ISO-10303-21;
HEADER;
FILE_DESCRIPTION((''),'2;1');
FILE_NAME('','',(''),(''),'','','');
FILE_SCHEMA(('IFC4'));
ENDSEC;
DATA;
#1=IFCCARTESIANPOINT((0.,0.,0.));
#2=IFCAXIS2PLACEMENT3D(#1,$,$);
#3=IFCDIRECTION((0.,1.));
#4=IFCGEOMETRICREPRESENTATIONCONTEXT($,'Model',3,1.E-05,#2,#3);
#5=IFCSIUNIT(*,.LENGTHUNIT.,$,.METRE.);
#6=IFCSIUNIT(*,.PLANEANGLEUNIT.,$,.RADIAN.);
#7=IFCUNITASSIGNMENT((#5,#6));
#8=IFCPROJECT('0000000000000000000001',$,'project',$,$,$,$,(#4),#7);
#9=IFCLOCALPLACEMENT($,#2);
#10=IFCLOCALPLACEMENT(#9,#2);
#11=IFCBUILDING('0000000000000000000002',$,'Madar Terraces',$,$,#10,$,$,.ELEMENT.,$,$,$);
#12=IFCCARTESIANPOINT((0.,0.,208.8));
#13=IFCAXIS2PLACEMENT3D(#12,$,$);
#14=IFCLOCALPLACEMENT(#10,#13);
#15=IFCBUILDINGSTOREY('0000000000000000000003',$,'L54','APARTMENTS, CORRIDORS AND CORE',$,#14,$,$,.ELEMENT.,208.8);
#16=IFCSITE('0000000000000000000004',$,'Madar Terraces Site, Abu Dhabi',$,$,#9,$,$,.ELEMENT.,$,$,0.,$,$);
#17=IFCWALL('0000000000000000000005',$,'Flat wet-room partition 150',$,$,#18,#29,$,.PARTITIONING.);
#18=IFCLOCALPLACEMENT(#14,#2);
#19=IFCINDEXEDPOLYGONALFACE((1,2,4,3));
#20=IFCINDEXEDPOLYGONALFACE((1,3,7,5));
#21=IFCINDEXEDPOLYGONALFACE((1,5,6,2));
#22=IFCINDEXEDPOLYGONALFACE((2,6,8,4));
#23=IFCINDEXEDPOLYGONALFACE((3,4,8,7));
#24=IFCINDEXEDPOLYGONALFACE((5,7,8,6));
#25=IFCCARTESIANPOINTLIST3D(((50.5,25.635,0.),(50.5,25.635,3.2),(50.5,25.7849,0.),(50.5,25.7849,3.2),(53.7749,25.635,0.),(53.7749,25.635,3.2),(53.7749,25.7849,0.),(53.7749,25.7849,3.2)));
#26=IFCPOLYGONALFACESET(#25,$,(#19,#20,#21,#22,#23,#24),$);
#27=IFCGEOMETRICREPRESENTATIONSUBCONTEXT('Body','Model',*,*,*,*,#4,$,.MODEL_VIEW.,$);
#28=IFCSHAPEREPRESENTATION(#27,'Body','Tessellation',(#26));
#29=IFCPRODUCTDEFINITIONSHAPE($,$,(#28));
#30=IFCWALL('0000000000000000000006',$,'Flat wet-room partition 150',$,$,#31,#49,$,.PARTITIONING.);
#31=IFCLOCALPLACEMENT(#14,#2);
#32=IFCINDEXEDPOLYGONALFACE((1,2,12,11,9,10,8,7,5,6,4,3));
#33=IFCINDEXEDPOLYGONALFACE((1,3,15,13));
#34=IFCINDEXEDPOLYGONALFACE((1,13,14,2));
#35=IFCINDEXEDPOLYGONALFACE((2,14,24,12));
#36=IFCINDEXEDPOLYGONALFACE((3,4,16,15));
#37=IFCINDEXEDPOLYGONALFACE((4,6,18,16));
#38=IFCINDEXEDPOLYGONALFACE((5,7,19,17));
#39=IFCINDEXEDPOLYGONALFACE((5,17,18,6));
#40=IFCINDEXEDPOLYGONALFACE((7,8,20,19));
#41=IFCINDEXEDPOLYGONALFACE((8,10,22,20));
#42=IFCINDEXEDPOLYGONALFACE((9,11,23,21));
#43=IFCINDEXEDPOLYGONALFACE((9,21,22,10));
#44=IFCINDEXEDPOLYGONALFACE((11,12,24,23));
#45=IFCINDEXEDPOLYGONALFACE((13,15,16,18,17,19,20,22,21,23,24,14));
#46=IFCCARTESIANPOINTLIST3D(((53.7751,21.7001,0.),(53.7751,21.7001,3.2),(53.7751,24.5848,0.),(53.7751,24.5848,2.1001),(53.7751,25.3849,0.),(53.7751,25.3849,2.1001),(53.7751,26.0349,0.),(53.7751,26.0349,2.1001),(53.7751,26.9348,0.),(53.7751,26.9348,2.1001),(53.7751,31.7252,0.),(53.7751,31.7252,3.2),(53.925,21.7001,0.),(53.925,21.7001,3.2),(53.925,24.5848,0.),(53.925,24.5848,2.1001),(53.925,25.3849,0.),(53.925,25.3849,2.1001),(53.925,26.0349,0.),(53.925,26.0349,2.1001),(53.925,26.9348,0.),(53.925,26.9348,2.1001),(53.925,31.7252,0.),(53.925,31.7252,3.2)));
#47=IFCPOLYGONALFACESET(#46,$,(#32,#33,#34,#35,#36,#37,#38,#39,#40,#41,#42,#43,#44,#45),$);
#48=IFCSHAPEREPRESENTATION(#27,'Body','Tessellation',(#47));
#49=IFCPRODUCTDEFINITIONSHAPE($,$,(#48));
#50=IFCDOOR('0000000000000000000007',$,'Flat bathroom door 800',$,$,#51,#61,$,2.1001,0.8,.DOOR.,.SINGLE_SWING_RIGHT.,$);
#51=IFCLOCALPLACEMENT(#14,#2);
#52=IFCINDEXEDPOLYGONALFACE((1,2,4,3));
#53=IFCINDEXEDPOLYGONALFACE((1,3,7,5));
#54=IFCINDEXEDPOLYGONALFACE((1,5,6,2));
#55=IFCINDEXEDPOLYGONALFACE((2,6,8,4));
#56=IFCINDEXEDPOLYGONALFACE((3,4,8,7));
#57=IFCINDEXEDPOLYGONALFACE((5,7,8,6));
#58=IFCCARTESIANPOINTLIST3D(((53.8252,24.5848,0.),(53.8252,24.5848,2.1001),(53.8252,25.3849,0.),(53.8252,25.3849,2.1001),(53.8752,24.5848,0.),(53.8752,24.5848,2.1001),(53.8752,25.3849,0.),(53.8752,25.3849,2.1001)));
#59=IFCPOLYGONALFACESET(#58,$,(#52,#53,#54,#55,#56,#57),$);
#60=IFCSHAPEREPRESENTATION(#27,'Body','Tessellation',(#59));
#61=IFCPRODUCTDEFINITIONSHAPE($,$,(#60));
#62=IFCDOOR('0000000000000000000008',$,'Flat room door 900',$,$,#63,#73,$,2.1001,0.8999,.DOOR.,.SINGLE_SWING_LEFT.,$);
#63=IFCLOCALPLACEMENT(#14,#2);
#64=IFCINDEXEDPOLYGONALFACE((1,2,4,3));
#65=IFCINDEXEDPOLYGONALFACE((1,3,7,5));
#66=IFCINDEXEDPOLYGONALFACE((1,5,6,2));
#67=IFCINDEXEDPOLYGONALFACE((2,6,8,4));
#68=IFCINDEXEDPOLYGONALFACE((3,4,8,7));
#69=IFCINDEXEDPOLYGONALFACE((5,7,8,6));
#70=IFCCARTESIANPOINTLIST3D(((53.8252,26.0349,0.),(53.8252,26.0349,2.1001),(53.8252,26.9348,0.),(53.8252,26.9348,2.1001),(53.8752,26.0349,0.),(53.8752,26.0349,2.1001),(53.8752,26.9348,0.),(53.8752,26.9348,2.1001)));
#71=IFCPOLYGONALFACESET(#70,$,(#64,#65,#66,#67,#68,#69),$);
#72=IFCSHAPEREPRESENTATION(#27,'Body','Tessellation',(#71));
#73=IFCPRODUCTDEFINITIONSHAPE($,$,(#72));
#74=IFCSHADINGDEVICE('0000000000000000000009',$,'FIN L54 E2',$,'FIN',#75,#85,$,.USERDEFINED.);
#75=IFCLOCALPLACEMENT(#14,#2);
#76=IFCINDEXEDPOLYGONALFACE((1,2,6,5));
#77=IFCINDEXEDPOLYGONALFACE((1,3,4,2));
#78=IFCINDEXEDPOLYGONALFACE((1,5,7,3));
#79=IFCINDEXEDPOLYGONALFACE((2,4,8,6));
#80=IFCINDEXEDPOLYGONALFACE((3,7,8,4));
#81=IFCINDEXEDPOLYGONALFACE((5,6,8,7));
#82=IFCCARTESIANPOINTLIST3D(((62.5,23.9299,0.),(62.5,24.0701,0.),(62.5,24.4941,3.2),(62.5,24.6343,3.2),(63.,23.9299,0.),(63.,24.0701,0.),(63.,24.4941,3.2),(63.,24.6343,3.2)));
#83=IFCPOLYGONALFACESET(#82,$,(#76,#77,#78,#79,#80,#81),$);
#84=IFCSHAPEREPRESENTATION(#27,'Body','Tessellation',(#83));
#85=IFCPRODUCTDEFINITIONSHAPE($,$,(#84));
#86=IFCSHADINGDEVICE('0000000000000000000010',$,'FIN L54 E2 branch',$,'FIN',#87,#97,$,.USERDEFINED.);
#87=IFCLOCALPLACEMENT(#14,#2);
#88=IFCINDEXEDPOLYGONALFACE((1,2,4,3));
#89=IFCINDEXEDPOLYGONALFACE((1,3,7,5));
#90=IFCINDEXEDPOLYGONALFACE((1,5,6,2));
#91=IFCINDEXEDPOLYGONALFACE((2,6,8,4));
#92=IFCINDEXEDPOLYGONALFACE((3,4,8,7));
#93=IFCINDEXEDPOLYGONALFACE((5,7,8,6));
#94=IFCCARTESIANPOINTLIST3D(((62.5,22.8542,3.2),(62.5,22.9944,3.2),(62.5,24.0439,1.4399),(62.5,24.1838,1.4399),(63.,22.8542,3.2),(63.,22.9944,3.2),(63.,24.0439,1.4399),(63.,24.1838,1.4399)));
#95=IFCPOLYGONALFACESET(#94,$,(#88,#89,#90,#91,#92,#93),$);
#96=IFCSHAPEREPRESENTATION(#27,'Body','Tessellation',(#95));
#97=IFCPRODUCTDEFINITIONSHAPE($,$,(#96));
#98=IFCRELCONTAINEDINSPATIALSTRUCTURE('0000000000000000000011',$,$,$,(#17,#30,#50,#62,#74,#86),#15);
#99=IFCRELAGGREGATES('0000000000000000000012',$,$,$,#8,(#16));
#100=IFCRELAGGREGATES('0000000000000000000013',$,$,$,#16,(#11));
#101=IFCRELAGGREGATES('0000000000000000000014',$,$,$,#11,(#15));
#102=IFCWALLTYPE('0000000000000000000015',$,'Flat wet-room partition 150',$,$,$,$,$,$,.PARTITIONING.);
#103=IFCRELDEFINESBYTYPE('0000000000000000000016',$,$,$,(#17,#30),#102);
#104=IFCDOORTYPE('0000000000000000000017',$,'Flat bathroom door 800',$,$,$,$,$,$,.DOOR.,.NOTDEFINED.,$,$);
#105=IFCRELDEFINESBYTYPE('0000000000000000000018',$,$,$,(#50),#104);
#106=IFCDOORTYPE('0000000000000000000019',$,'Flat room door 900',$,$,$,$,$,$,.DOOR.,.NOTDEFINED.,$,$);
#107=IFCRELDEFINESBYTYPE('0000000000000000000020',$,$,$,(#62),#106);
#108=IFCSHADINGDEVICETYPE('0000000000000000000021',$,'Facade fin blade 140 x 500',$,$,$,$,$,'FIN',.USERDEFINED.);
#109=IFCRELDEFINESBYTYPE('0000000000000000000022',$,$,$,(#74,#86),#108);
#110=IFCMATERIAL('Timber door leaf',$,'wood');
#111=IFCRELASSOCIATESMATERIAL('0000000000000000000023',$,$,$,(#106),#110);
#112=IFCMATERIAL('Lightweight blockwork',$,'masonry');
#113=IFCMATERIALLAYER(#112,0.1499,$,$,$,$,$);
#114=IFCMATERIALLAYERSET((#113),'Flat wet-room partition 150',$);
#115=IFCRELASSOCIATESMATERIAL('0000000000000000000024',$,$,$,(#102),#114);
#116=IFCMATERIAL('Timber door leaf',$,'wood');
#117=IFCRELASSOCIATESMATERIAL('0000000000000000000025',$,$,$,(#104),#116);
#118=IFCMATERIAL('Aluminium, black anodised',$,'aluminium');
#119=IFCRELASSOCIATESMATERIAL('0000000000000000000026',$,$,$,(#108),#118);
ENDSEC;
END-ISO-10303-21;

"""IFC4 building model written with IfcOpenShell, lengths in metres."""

from ifc_helpers import new_model, si_unit, direction, frame, frame_2d, origin, place, context, subcontext, project, spatial, polyline, rectangle, outline, extrude, material, layer, layer_set, type_object, element, fill, save


model = new_model("IFC4")

# Units and contexts
model_context = context("Model", 3, precision=1e-05, world=origin(), true_north=direction((0.0, 1.0)))
body_context = subcontext(model_context, "Body", "Model", "MODEL_VIEW")
ifc_project = project(units=[si_unit("LENGTHUNIT", "METRE"), si_unit("PLANEANGLEUNIT", "RADIAN")], contexts=[model_context])

# Site, building, storey
site_placement = place(None, origin())
site = spatial("IfcSite", under=ifc_project, at=site_placement, Name="Madar Terraces Site, Abu Dhabi", CompositionType="ELEMENT", RefElevation=0.0)
building_placement = place(site_placement, origin())
building = spatial("IfcBuilding", under=site, at=building_placement, Name="Madar Terraces", CompositionType="ELEMENT")
storey_placement = place(building_placement, frame((0.0, 0.0, 208.8)))
storey = spatial("IfcBuildingStorey", under=building, at=storey_placement, Name="L54", Description="APARTMENTS, CORRIDORS AND CORE", CompositionType="ELEMENT", Elevation=208.8)

# Shared definitions
ifc_material_1 = material(Name="Timber door leaf", Category="wood")
door_type_1 = type_object("IfcDoorType", Name="Flat room door 900", OperationType="NOTDEFINED", PredefinedType="DOOR", material=ifc_material_1)

# Wall
ifc_material_2 = material(Name="Lightweight blockwork", Category="masonry")
ifc_layer_1 = layer(ifc_material_2, 0.1499)
ifc_layer_set_1 = layer_set([ifc_layer_1], Name="Flat wet-room partition 150")
wall_type_1 = type_object("IfcWallType", Name="Flat wet-room partition 150", PredefinedType="PARTITIONING", material=ifc_layer_set_1)
wall_1_placement = place(storey_placement, frame((50.5, 25.71, 0.0), z_axis=(0.0, 0.0, 1.0), x_axis=(1.0, 0.0, 0.0)))
element("IfcWall", 1, at=wall_1_placement, inside=storey, type_object=wall_type_1, Name="Flat wet-room partition 150", PredefinedType="PARTITIONING", context=body_context, shape_type="SweptSolid", body=[
    extrude(rectangle(XDim=3.2749, YDim=0.1499, at=frame_2d((1.6375, 0.0))), origin(), (0.0, 0.0, 1.0), 3.2),
])

# Wall, openings, doors
wall_2_placement = place(storey_placement, frame((53.8501, 21.7, 0.0), z_axis=(0.0, 0.0, 1.0), x_axis=(0.0, 1.0, 0.0)))
wall_2 = element("IfcWall", 2, at=wall_2_placement, inside=storey, type_object=wall_type_1, Name="Flat wet-room partition 150", PredefinedType="PARTITIONING", context=body_context, shape_type="SweptSolid", body=[
    extrude(rectangle(XDim=10.0251, YDim=0.1499, at=frame_2d((5.0127, 0.0))), origin(), (0.0, 0.0, 1.0), 3.2),
])
opening_1_placement = place(wall_2_placement, frame((4.335, 0.0, 0.0)))
opening_1 = element("IfcOpeningElement", 3, at=opening_1_placement, cuts=wall_2, PredefinedType="OPENING", context=body_context, shape_type="SweptSolid", body=[
    extrude(rectangle(XDim=0.8999, YDim=2.1001, at=frame_2d((0.45, 1.05))), frame((0.0, 0.085, 0.0), z_axis=(0.0, -1.0, 0.0), x_axis=(1.0, 0.0, 0.0)), (0.0, 0.0, 1.0), 0.1699),
])
opening_2_placement = place(wall_2_placement, frame((2.885, 0.0, 0.0)))
opening_2 = element("IfcOpeningElement", 4, at=opening_2_placement, cuts=wall_2, PredefinedType="OPENING", context=body_context, shape_type="SweptSolid", body=[
    extrude(rectangle(XDim=0.8, YDim=2.1001, at=frame_2d((0.3999, 1.05))), frame((0.0, 0.085, 0.0), z_axis=(0.0, -1.0, 0.0), x_axis=(1.0, 0.0, 0.0)), (0.0, 0.0, 1.0), 0.1699),
])
ifc_material_3 = material(Name="Timber door leaf", Category="wood")
door_type_2 = type_object("IfcDoorType", Name="Flat bathroom door 800", OperationType="NOTDEFINED", PredefinedType="DOOR", material=ifc_material_3)
door_1_placement = place(opening_2_placement, origin())
door_1 = element("IfcDoor", 5, at=door_1_placement, inside=storey, type_object=door_type_2, Name="Flat bathroom door 800", OperationType="SINGLE_SWING_RIGHT", OverallHeight=2.1001, OverallWidth=0.8, PredefinedType="DOOR", context=body_context, shape_type="SweptSolid", body=[
    extrude(rectangle(XDim=0.8, YDim=2.1001, at=frame_2d((0.3999, 1.05))), frame((0.0, 0.0249, 0.0), z_axis=(0.0, -1.0, 0.0), x_axis=(1.0, 0.0, 0.0)), (0.0, 0.0, 1.0), 0.05),
])
fill(opening_2, door_1)
door_2_placement = place(opening_1_placement, origin())
door_2 = element("IfcDoor", 6, at=door_2_placement, inside=storey, type_object=door_type_1, Name="Flat room door 900", OperationType="SINGLE_SWING_LEFT", OverallHeight=2.1001, OverallWidth=0.8999, PredefinedType="DOOR", context=body_context, shape_type="SweptSolid", body=[
    extrude(rectangle(XDim=0.8999, YDim=2.1001, at=frame_2d((0.45, 1.05))), frame((0.0, 0.0249, 0.0), z_axis=(0.0, -1.0, 0.0), x_axis=(1.0, 0.0, 0.0)), (0.0, 0.0, 1.0), 0.05),
])
fill(opening_1, door_2)

# Shading devices
ifc_material_4 = material(Name="Aluminium, black anodised", Category="aluminium")
shading_device_type = type_object("IfcShadingDeviceType", Name="Facade fin blade 140 x 500", ElementType="FIN", PredefinedType="USERDEFINED", material=ifc_material_4)
shading_device_1_placement = place(storey_placement, frame((62.75, 23.9299, 0.0), z_axis=(0.0, 0.0, 1.0), x_axis=(0.0, 1.0, 0.0)))
element("IfcShadingDevice", 7, at=shading_device_1_placement, inside=storey, type_object=shading_device_type, Name="FIN L54 E2", ObjectType="FIN", PredefinedType="USERDEFINED", context=body_context, shape_type="SweptSolid", body=[
    extrude(outline(polyline([(0.0, 0.0), (0.1401, 0.0), (0.7043, 3.2), (0.5642, 3.2), (0.0, 0.0)])), frame((0.0, 0.25, 0.0), z_axis=(0.0, -1.0, 0.0), x_axis=(1.0, 0.0, 0.0)), (0.0, 0.0, 1.0), 0.5),
])
shading_device_2_placement = place(storey_placement, frame((62.75, 24.0439, 1.4399), z_axis=(0.0, 0.0, 1.0), x_axis=(0.0, 1.0, 0.0)))
element("IfcShadingDevice", 8, at=shading_device_2_placement, inside=storey, type_object=shading_device_type, Name="FIN L54 E2 branch", ObjectType="FIN", PredefinedType="USERDEFINED", context=body_context, shape_type="SweptSolid", body=[
    extrude(outline(polyline([(0.0, 0.0), (0.1399, 0.0), (-1.0496, 1.76), (-1.1897, 1.76), (0.0, 0.0)])), frame((0.0, 0.25, 0.0), z_axis=(0.0, -1.0, 0.0), x_axis=(1.0, 0.0, 0.0)), (0.0, 0.0, 1.0), 0.5),
])

save(model, "model.ifc")
